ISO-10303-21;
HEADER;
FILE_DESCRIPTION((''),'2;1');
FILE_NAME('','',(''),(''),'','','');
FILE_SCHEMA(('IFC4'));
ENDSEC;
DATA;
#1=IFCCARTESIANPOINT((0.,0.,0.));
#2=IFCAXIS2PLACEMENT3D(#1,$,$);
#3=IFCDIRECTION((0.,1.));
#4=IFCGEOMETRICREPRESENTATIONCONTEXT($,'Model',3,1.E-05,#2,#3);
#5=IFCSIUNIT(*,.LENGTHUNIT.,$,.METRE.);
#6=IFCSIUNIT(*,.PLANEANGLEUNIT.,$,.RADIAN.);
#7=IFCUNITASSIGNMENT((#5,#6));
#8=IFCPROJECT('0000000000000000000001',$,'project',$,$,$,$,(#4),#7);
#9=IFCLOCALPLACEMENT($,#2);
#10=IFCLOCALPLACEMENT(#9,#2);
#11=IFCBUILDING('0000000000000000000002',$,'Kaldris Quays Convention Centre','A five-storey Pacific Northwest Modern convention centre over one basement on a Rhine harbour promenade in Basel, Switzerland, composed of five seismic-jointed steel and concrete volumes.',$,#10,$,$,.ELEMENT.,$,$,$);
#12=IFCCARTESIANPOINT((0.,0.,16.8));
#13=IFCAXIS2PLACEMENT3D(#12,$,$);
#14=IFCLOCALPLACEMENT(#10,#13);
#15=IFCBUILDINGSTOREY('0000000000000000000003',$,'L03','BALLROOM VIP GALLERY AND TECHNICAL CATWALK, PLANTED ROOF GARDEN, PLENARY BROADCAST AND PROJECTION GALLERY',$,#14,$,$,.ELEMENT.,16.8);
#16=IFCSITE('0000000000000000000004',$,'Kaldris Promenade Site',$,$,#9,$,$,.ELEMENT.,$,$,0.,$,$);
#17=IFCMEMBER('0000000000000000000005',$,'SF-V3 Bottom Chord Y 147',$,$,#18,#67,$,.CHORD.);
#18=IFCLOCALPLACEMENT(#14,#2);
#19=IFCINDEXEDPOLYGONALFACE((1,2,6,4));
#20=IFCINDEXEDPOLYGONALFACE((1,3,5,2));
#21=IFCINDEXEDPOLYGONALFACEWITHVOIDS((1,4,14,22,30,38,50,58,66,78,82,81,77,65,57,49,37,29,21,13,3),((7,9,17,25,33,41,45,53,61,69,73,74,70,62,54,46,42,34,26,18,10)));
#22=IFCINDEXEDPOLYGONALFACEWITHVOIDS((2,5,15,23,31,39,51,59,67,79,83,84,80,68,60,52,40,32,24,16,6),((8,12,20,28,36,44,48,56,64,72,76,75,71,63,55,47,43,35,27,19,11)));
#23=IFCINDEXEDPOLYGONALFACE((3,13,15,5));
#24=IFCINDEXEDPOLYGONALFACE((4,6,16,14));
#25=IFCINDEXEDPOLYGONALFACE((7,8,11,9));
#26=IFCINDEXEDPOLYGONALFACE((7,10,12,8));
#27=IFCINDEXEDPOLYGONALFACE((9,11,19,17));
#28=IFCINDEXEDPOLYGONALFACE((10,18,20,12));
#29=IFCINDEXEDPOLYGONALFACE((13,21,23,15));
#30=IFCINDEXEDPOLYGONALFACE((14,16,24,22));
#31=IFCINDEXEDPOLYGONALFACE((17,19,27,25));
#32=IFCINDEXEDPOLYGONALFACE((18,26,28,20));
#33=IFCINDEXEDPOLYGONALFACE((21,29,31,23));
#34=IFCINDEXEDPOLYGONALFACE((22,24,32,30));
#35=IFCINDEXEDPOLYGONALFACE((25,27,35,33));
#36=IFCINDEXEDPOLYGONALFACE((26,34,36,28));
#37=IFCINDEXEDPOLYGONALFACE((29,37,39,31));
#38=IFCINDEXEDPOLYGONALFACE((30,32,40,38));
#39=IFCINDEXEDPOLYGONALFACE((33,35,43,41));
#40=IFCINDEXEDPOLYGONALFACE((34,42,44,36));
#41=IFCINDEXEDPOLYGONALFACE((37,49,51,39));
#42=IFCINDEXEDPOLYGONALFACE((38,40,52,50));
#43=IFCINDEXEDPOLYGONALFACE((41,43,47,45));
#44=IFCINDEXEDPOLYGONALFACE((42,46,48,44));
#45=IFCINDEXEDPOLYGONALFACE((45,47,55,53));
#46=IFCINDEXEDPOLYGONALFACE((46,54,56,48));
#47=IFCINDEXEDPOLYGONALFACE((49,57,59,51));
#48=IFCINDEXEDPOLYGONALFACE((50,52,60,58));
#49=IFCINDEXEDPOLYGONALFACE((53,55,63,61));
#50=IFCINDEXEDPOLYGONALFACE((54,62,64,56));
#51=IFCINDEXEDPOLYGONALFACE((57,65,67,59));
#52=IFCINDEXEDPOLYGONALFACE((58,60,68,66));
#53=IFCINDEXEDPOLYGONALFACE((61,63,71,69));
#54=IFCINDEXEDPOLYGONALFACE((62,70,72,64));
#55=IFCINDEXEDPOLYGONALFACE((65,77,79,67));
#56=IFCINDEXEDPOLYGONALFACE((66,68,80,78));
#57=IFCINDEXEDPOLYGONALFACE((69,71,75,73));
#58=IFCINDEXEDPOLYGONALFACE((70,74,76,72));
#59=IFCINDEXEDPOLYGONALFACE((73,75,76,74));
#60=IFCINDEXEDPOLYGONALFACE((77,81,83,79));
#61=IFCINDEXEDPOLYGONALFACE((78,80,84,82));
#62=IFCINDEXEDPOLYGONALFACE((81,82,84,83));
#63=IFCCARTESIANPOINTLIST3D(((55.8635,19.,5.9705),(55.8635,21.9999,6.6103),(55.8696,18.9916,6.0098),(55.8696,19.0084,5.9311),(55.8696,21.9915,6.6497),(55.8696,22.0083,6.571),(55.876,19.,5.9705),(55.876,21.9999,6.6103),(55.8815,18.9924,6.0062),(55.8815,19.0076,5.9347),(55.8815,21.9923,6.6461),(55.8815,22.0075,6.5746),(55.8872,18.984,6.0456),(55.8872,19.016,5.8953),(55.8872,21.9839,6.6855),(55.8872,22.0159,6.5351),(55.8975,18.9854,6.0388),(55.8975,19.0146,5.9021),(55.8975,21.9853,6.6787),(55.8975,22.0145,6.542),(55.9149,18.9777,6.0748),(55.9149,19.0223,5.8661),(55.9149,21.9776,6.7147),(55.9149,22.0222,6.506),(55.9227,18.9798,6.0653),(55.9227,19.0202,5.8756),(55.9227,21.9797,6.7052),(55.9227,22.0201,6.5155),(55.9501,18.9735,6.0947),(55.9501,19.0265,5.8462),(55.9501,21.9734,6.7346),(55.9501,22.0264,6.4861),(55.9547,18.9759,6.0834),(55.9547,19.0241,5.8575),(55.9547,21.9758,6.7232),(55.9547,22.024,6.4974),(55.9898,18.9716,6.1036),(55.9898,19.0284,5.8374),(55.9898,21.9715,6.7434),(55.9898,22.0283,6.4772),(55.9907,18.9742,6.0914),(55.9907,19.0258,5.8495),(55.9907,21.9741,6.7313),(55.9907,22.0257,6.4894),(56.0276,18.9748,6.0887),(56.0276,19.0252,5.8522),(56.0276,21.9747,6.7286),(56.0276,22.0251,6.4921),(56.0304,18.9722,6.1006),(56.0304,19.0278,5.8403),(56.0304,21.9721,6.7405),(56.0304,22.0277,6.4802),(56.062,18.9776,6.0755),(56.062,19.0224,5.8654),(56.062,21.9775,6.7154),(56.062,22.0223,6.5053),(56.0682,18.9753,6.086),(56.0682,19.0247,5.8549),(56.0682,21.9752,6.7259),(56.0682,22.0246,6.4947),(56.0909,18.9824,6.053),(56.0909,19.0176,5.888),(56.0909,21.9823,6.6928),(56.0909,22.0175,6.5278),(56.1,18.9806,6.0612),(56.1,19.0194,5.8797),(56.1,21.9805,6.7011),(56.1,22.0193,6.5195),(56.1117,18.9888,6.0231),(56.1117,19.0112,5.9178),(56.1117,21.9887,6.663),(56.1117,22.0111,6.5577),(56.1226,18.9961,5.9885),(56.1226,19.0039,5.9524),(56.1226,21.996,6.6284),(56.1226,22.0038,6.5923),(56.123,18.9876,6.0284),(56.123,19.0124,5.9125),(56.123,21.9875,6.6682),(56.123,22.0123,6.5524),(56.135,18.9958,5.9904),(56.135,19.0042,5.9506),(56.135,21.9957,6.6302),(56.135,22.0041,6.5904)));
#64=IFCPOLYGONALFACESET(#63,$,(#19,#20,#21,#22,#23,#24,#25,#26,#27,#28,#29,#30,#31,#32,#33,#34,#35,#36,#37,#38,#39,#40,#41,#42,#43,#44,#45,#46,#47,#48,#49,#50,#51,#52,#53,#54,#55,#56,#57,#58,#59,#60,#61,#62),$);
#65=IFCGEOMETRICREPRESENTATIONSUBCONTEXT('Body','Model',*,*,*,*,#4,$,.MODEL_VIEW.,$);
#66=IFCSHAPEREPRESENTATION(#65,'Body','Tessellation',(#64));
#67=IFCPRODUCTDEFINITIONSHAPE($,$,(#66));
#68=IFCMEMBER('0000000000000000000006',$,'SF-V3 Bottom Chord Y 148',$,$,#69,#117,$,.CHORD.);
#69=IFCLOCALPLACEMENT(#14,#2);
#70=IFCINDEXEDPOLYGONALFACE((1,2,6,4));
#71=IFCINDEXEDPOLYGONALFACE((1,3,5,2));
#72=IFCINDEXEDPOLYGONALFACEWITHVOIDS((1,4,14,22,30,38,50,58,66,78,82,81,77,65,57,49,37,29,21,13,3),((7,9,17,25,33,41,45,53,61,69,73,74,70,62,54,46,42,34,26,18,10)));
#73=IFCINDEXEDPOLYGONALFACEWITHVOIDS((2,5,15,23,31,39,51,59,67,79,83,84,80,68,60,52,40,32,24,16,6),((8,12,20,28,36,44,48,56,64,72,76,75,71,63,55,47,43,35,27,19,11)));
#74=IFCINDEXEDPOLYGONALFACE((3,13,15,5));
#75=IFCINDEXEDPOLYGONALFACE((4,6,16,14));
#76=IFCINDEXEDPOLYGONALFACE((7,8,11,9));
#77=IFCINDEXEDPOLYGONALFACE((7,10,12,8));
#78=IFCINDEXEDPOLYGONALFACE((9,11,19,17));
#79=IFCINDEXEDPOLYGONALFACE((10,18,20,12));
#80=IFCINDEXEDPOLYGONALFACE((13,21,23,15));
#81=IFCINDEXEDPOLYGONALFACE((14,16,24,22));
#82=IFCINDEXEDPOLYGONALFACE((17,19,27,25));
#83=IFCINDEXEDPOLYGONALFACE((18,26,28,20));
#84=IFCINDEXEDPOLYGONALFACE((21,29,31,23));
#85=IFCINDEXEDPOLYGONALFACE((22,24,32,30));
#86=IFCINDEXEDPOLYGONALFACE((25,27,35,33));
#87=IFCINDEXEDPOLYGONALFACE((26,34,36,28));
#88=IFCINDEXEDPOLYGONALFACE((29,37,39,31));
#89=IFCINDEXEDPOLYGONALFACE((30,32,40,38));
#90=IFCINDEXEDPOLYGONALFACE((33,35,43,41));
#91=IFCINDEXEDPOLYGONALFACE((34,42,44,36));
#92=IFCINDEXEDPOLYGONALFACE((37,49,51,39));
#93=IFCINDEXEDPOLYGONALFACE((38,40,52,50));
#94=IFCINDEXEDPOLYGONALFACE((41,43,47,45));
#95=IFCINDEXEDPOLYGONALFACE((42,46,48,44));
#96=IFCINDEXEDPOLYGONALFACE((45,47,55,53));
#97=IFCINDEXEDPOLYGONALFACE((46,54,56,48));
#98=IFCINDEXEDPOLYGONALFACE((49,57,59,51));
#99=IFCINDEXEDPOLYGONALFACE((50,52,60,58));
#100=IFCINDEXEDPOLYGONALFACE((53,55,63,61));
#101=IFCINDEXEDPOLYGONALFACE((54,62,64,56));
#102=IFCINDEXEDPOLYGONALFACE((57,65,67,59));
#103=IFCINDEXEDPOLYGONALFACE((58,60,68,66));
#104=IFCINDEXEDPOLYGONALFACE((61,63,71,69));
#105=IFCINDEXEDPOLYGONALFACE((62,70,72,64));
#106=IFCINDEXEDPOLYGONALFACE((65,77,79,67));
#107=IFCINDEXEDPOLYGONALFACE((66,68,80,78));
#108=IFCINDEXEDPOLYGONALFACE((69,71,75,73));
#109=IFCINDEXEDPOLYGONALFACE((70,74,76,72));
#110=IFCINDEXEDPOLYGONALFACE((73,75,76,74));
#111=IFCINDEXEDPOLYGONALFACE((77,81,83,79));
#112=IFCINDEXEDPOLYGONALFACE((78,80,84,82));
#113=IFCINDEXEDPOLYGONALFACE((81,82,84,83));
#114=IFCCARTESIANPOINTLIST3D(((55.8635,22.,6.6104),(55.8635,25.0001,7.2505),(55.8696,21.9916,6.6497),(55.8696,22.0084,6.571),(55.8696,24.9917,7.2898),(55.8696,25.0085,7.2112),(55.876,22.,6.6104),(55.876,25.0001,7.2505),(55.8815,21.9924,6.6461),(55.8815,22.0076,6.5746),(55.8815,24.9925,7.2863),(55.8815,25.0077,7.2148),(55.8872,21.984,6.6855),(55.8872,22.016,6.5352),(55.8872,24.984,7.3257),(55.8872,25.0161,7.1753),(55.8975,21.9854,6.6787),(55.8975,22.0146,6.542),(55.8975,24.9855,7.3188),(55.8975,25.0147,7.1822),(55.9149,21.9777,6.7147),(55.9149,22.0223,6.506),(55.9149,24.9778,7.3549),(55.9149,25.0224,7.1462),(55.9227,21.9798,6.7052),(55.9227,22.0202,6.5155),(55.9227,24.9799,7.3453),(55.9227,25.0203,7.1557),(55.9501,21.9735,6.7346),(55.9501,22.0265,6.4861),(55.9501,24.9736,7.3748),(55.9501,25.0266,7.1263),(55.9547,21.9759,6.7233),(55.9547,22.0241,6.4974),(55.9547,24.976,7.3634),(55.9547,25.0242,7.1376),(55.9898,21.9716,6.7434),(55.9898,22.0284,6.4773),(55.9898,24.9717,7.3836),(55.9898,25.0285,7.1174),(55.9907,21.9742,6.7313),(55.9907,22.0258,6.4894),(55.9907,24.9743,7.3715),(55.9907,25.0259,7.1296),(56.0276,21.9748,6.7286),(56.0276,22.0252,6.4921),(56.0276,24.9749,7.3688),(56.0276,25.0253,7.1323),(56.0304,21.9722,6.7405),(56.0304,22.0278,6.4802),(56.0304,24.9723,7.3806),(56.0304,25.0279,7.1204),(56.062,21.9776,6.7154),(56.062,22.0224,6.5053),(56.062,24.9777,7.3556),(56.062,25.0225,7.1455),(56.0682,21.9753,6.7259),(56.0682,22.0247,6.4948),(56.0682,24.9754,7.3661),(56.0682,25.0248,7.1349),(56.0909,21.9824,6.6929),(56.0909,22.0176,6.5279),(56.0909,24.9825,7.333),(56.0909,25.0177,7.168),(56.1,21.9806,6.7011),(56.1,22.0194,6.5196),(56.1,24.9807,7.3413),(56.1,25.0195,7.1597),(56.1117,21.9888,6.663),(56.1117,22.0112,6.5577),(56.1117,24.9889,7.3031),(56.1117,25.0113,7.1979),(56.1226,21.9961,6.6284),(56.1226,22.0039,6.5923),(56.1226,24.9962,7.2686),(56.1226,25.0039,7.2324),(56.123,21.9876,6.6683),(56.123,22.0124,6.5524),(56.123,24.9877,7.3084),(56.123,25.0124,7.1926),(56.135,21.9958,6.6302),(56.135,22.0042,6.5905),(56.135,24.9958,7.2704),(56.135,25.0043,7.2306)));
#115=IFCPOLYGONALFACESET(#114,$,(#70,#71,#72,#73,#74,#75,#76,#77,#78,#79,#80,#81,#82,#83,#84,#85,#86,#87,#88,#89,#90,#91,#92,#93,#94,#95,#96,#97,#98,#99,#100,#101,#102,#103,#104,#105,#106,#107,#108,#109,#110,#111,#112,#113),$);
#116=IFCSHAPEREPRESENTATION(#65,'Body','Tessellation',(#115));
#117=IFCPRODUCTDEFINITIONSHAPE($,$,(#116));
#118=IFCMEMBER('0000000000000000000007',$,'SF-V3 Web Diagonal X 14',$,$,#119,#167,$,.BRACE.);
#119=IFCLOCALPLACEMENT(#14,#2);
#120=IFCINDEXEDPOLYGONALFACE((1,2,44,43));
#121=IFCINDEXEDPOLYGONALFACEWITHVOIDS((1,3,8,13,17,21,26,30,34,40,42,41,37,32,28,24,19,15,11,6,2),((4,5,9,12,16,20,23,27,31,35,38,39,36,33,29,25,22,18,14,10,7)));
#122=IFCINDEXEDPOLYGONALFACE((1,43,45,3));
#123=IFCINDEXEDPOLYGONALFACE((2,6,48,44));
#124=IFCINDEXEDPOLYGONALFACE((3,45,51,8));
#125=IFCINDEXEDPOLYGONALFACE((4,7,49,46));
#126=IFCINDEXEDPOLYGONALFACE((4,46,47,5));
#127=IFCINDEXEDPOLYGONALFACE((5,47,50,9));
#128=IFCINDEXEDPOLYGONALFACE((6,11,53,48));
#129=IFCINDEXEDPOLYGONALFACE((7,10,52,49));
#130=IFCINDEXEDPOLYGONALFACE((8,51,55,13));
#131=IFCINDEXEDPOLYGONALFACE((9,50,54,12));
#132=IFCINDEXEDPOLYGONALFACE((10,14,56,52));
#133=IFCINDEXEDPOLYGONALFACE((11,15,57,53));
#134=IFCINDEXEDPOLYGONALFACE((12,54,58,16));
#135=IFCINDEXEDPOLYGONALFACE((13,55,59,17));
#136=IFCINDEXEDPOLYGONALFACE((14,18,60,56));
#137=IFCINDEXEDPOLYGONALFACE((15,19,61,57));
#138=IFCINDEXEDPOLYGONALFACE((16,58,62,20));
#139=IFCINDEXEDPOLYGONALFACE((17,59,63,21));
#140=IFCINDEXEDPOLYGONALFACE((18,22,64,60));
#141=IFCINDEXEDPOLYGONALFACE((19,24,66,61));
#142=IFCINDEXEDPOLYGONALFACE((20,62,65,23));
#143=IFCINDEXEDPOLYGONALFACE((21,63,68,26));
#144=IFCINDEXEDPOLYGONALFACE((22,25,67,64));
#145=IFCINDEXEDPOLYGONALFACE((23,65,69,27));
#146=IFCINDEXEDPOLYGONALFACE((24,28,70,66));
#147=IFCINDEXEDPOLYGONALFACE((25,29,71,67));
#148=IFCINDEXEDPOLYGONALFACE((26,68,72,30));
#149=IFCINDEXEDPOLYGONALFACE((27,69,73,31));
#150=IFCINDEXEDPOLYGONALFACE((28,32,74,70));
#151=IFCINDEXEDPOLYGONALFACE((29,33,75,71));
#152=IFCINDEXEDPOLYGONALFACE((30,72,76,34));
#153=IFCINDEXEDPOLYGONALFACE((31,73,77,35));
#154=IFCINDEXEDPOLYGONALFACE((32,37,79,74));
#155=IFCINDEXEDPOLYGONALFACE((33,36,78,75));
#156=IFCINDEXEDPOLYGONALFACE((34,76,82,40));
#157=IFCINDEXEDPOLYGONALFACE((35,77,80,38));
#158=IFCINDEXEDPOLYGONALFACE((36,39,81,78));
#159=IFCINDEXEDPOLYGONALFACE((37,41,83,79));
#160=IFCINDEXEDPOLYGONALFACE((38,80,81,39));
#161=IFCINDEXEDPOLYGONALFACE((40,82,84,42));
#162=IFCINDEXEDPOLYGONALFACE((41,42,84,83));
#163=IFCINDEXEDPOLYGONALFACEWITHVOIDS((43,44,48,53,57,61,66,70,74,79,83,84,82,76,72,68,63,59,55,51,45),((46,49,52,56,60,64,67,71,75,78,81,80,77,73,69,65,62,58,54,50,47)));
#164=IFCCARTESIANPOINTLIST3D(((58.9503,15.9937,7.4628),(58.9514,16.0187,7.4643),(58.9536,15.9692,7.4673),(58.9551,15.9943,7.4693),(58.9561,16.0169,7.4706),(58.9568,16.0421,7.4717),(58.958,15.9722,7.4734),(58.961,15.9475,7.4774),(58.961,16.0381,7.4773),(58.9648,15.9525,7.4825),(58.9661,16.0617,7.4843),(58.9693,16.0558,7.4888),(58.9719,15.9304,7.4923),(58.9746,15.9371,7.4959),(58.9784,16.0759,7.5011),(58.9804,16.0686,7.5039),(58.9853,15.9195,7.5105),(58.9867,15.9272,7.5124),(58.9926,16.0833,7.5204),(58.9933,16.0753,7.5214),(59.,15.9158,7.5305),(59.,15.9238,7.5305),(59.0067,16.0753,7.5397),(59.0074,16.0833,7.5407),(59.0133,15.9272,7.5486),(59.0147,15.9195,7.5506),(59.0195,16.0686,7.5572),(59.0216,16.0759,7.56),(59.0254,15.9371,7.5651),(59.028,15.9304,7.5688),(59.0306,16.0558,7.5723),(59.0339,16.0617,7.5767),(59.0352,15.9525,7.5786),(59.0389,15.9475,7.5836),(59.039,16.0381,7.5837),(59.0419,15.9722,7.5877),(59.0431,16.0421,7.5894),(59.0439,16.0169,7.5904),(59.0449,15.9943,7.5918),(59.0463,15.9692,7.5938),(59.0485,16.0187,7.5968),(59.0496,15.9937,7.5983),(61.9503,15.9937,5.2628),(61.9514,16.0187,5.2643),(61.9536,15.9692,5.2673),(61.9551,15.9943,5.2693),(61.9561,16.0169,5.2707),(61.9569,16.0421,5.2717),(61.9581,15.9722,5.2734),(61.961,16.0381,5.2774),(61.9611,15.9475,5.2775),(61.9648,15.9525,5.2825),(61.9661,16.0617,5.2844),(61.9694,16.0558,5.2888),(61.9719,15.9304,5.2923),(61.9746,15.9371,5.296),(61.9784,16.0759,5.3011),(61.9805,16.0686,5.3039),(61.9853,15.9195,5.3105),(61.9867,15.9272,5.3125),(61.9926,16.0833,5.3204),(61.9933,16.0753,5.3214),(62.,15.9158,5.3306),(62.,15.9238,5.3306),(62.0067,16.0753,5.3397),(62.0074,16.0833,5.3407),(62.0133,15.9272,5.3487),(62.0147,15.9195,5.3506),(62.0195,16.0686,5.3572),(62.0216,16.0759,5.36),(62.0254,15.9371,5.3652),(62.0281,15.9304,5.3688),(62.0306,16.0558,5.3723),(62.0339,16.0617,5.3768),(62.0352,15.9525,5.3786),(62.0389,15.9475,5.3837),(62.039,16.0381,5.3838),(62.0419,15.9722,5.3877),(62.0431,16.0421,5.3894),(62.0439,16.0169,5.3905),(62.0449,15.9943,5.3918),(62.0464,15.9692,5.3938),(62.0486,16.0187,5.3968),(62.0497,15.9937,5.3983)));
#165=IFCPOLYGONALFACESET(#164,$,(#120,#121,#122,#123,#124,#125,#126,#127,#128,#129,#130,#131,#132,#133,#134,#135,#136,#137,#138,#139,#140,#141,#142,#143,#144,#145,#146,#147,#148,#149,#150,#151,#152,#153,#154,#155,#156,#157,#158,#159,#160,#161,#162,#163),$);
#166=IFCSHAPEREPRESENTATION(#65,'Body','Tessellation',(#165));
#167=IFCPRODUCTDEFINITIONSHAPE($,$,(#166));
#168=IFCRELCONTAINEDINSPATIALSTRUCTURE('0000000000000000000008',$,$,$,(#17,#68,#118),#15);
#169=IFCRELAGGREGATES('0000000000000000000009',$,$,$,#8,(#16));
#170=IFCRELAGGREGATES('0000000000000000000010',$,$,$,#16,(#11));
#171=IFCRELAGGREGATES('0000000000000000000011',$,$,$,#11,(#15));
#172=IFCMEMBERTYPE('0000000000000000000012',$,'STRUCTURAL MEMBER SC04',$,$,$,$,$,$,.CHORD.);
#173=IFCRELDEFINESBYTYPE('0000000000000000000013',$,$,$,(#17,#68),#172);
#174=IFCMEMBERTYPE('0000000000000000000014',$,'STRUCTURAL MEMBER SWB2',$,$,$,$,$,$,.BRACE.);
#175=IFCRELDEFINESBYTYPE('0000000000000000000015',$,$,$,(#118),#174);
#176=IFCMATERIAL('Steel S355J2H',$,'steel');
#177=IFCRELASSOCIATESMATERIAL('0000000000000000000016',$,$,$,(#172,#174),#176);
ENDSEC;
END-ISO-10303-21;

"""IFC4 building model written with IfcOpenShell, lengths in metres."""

from ifc_helpers import new_model, si_unit, direction, frame, origin, origin_2d, place, context, subcontext, project, spatial, hollow_circle, extrude, material, material_profile, profile_set, type_object, element, save


model = new_model("IFC4")

# Units and contexts
model_context = context("Model", 3, precision=1e-05, world=origin(), true_north=direction((0.0, 1.0)))
body_context = subcontext(model_context, "Body", "Model", "MODEL_VIEW")
ifc_project = project(units=[si_unit("LENGTHUNIT", "METRE"), si_unit("PLANEANGLEUNIT", "RADIAN")], contexts=[model_context])

# Site, building, storey
site_placement = place(None, origin())
site = spatial("IfcSite", under=ifc_project, at=site_placement, Name="Kaldris Promenade Site", CompositionType="ELEMENT", RefElevation=0.0)
building_placement = place(site_placement, origin())
building = spatial("IfcBuilding", under=site, at=building_placement, Name="Kaldris Quays Convention Centre", Description="A five-storey Pacific Northwest Modern convention centre over one basement on a Rhine harbour promenade in Basel, Switzerland, composed of five seismic-jointed steel and concrete volumes.", CompositionType="ELEMENT")
storey_placement = place(building_placement, frame((0.0, 0.0, 16.8)))
storey = spatial("IfcBuildingStorey", under=building, at=storey_placement, Name="L03", Description="BALLROOM VIP GALLERY AND TECHNICAL CATWALK, PLANTED ROOF GARDEN, PLENARY BROADCAST AND PROJECTION GALLERY", CompositionType="ELEMENT", Elevation=16.8)

# Members
ifc_material_1 = material(Name="Steel S355J2H", Category="steel")
ifc_material_profile_1 = material_profile(ifc_material_1, hollow_circle(Radius=0.1365, WallThickness=0.0125, at=origin_2d()), Name="CHS 273x12.5")
ifc_profile_set_1 = profile_set([ifc_material_profile_1], Name="Steel S355J2H")
member_type_1 = type_object("IfcMemberType", Name="STRUCTURAL MEMBER SC04", PredefinedType="CHORD", material=ifc_profile_set_1)
for number, where, z_axis, x_axis, name in (
    (1, (56.0, 19.0, 5.9705), (0.0, 0.978, 0.208605), (-1.0, 0.0, 0.0), "SF-V3 Bottom Chord Y 147"),
):
    element("IfcMember", number, at=place(storey_placement, frame(where, z_axis=z_axis, x_axis=x_axis)), inside=storey, type_object=member_type_1, Name=name, PredefinedType="CHORD", context=body_context, shape_type="SweptSolid", body=[
        extrude(hollow_circle(Radius=0.1365, WallThickness=0.0125, at=origin_2d()), origin(), (0.0, 0.0, 1.0), 3.0674),
    ])
member_1_placement = place(storey_placement, frame((56.0, 22.0, 6.6104), z_axis=(0.0, 0.977984, 0.208681), x_axis=(-1.0, 0.0, 0.0)))
element("IfcMember", 2, at=member_1_placement, inside=storey, type_object=member_type_1, Name="SF-V3 Bottom Chord Y 148", PredefinedType="CHORD", context=body_context, shape_type="SweptSolid", body=[
    extrude(hollow_circle(Radius=0.1365, WallThickness=0.0125, at=origin_2d()), origin(), (0.0, 0.0, 1.0), 3.0676),
])
ifc_material_profile_2 = material_profile(ifc_material_1, hollow_circle(Radius=0.0842, WallThickness=0.0081, at=origin_2d()), Name="CHS 168.3x8")
ifc_profile_set_2 = profile_set([ifc_material_profile_2], Name="Steel S355J2H")
member_type_2 = type_object("IfcMemberType", Name="STRUCTURAL MEMBER SWB2", PredefinedType="BRACE", material=ifc_profile_set_2)
for number, where, z_axis, x_axis, name in (
    (3, (62.0, 16.0, 5.3306), (-0.806411, 0.0, 0.591355), (0.0, -1.0, 0.0), "SF-V3 Web Diagonal X 14"),
):
    element("IfcMember", number, at=place(storey_placement, frame(where, z_axis=z_axis, x_axis=x_axis)), inside=storey, type_object=member_type_2, Name=name, PredefinedType="BRACE", context=body_context, shape_type="SweptSolid", body=[
        extrude(hollow_circle(Radius=0.0842, WallThickness=0.0081, at=origin_2d()), origin(), (0.0, 0.0, 1.0), 3.7202),
    ])

save(model, "model.ifc")
